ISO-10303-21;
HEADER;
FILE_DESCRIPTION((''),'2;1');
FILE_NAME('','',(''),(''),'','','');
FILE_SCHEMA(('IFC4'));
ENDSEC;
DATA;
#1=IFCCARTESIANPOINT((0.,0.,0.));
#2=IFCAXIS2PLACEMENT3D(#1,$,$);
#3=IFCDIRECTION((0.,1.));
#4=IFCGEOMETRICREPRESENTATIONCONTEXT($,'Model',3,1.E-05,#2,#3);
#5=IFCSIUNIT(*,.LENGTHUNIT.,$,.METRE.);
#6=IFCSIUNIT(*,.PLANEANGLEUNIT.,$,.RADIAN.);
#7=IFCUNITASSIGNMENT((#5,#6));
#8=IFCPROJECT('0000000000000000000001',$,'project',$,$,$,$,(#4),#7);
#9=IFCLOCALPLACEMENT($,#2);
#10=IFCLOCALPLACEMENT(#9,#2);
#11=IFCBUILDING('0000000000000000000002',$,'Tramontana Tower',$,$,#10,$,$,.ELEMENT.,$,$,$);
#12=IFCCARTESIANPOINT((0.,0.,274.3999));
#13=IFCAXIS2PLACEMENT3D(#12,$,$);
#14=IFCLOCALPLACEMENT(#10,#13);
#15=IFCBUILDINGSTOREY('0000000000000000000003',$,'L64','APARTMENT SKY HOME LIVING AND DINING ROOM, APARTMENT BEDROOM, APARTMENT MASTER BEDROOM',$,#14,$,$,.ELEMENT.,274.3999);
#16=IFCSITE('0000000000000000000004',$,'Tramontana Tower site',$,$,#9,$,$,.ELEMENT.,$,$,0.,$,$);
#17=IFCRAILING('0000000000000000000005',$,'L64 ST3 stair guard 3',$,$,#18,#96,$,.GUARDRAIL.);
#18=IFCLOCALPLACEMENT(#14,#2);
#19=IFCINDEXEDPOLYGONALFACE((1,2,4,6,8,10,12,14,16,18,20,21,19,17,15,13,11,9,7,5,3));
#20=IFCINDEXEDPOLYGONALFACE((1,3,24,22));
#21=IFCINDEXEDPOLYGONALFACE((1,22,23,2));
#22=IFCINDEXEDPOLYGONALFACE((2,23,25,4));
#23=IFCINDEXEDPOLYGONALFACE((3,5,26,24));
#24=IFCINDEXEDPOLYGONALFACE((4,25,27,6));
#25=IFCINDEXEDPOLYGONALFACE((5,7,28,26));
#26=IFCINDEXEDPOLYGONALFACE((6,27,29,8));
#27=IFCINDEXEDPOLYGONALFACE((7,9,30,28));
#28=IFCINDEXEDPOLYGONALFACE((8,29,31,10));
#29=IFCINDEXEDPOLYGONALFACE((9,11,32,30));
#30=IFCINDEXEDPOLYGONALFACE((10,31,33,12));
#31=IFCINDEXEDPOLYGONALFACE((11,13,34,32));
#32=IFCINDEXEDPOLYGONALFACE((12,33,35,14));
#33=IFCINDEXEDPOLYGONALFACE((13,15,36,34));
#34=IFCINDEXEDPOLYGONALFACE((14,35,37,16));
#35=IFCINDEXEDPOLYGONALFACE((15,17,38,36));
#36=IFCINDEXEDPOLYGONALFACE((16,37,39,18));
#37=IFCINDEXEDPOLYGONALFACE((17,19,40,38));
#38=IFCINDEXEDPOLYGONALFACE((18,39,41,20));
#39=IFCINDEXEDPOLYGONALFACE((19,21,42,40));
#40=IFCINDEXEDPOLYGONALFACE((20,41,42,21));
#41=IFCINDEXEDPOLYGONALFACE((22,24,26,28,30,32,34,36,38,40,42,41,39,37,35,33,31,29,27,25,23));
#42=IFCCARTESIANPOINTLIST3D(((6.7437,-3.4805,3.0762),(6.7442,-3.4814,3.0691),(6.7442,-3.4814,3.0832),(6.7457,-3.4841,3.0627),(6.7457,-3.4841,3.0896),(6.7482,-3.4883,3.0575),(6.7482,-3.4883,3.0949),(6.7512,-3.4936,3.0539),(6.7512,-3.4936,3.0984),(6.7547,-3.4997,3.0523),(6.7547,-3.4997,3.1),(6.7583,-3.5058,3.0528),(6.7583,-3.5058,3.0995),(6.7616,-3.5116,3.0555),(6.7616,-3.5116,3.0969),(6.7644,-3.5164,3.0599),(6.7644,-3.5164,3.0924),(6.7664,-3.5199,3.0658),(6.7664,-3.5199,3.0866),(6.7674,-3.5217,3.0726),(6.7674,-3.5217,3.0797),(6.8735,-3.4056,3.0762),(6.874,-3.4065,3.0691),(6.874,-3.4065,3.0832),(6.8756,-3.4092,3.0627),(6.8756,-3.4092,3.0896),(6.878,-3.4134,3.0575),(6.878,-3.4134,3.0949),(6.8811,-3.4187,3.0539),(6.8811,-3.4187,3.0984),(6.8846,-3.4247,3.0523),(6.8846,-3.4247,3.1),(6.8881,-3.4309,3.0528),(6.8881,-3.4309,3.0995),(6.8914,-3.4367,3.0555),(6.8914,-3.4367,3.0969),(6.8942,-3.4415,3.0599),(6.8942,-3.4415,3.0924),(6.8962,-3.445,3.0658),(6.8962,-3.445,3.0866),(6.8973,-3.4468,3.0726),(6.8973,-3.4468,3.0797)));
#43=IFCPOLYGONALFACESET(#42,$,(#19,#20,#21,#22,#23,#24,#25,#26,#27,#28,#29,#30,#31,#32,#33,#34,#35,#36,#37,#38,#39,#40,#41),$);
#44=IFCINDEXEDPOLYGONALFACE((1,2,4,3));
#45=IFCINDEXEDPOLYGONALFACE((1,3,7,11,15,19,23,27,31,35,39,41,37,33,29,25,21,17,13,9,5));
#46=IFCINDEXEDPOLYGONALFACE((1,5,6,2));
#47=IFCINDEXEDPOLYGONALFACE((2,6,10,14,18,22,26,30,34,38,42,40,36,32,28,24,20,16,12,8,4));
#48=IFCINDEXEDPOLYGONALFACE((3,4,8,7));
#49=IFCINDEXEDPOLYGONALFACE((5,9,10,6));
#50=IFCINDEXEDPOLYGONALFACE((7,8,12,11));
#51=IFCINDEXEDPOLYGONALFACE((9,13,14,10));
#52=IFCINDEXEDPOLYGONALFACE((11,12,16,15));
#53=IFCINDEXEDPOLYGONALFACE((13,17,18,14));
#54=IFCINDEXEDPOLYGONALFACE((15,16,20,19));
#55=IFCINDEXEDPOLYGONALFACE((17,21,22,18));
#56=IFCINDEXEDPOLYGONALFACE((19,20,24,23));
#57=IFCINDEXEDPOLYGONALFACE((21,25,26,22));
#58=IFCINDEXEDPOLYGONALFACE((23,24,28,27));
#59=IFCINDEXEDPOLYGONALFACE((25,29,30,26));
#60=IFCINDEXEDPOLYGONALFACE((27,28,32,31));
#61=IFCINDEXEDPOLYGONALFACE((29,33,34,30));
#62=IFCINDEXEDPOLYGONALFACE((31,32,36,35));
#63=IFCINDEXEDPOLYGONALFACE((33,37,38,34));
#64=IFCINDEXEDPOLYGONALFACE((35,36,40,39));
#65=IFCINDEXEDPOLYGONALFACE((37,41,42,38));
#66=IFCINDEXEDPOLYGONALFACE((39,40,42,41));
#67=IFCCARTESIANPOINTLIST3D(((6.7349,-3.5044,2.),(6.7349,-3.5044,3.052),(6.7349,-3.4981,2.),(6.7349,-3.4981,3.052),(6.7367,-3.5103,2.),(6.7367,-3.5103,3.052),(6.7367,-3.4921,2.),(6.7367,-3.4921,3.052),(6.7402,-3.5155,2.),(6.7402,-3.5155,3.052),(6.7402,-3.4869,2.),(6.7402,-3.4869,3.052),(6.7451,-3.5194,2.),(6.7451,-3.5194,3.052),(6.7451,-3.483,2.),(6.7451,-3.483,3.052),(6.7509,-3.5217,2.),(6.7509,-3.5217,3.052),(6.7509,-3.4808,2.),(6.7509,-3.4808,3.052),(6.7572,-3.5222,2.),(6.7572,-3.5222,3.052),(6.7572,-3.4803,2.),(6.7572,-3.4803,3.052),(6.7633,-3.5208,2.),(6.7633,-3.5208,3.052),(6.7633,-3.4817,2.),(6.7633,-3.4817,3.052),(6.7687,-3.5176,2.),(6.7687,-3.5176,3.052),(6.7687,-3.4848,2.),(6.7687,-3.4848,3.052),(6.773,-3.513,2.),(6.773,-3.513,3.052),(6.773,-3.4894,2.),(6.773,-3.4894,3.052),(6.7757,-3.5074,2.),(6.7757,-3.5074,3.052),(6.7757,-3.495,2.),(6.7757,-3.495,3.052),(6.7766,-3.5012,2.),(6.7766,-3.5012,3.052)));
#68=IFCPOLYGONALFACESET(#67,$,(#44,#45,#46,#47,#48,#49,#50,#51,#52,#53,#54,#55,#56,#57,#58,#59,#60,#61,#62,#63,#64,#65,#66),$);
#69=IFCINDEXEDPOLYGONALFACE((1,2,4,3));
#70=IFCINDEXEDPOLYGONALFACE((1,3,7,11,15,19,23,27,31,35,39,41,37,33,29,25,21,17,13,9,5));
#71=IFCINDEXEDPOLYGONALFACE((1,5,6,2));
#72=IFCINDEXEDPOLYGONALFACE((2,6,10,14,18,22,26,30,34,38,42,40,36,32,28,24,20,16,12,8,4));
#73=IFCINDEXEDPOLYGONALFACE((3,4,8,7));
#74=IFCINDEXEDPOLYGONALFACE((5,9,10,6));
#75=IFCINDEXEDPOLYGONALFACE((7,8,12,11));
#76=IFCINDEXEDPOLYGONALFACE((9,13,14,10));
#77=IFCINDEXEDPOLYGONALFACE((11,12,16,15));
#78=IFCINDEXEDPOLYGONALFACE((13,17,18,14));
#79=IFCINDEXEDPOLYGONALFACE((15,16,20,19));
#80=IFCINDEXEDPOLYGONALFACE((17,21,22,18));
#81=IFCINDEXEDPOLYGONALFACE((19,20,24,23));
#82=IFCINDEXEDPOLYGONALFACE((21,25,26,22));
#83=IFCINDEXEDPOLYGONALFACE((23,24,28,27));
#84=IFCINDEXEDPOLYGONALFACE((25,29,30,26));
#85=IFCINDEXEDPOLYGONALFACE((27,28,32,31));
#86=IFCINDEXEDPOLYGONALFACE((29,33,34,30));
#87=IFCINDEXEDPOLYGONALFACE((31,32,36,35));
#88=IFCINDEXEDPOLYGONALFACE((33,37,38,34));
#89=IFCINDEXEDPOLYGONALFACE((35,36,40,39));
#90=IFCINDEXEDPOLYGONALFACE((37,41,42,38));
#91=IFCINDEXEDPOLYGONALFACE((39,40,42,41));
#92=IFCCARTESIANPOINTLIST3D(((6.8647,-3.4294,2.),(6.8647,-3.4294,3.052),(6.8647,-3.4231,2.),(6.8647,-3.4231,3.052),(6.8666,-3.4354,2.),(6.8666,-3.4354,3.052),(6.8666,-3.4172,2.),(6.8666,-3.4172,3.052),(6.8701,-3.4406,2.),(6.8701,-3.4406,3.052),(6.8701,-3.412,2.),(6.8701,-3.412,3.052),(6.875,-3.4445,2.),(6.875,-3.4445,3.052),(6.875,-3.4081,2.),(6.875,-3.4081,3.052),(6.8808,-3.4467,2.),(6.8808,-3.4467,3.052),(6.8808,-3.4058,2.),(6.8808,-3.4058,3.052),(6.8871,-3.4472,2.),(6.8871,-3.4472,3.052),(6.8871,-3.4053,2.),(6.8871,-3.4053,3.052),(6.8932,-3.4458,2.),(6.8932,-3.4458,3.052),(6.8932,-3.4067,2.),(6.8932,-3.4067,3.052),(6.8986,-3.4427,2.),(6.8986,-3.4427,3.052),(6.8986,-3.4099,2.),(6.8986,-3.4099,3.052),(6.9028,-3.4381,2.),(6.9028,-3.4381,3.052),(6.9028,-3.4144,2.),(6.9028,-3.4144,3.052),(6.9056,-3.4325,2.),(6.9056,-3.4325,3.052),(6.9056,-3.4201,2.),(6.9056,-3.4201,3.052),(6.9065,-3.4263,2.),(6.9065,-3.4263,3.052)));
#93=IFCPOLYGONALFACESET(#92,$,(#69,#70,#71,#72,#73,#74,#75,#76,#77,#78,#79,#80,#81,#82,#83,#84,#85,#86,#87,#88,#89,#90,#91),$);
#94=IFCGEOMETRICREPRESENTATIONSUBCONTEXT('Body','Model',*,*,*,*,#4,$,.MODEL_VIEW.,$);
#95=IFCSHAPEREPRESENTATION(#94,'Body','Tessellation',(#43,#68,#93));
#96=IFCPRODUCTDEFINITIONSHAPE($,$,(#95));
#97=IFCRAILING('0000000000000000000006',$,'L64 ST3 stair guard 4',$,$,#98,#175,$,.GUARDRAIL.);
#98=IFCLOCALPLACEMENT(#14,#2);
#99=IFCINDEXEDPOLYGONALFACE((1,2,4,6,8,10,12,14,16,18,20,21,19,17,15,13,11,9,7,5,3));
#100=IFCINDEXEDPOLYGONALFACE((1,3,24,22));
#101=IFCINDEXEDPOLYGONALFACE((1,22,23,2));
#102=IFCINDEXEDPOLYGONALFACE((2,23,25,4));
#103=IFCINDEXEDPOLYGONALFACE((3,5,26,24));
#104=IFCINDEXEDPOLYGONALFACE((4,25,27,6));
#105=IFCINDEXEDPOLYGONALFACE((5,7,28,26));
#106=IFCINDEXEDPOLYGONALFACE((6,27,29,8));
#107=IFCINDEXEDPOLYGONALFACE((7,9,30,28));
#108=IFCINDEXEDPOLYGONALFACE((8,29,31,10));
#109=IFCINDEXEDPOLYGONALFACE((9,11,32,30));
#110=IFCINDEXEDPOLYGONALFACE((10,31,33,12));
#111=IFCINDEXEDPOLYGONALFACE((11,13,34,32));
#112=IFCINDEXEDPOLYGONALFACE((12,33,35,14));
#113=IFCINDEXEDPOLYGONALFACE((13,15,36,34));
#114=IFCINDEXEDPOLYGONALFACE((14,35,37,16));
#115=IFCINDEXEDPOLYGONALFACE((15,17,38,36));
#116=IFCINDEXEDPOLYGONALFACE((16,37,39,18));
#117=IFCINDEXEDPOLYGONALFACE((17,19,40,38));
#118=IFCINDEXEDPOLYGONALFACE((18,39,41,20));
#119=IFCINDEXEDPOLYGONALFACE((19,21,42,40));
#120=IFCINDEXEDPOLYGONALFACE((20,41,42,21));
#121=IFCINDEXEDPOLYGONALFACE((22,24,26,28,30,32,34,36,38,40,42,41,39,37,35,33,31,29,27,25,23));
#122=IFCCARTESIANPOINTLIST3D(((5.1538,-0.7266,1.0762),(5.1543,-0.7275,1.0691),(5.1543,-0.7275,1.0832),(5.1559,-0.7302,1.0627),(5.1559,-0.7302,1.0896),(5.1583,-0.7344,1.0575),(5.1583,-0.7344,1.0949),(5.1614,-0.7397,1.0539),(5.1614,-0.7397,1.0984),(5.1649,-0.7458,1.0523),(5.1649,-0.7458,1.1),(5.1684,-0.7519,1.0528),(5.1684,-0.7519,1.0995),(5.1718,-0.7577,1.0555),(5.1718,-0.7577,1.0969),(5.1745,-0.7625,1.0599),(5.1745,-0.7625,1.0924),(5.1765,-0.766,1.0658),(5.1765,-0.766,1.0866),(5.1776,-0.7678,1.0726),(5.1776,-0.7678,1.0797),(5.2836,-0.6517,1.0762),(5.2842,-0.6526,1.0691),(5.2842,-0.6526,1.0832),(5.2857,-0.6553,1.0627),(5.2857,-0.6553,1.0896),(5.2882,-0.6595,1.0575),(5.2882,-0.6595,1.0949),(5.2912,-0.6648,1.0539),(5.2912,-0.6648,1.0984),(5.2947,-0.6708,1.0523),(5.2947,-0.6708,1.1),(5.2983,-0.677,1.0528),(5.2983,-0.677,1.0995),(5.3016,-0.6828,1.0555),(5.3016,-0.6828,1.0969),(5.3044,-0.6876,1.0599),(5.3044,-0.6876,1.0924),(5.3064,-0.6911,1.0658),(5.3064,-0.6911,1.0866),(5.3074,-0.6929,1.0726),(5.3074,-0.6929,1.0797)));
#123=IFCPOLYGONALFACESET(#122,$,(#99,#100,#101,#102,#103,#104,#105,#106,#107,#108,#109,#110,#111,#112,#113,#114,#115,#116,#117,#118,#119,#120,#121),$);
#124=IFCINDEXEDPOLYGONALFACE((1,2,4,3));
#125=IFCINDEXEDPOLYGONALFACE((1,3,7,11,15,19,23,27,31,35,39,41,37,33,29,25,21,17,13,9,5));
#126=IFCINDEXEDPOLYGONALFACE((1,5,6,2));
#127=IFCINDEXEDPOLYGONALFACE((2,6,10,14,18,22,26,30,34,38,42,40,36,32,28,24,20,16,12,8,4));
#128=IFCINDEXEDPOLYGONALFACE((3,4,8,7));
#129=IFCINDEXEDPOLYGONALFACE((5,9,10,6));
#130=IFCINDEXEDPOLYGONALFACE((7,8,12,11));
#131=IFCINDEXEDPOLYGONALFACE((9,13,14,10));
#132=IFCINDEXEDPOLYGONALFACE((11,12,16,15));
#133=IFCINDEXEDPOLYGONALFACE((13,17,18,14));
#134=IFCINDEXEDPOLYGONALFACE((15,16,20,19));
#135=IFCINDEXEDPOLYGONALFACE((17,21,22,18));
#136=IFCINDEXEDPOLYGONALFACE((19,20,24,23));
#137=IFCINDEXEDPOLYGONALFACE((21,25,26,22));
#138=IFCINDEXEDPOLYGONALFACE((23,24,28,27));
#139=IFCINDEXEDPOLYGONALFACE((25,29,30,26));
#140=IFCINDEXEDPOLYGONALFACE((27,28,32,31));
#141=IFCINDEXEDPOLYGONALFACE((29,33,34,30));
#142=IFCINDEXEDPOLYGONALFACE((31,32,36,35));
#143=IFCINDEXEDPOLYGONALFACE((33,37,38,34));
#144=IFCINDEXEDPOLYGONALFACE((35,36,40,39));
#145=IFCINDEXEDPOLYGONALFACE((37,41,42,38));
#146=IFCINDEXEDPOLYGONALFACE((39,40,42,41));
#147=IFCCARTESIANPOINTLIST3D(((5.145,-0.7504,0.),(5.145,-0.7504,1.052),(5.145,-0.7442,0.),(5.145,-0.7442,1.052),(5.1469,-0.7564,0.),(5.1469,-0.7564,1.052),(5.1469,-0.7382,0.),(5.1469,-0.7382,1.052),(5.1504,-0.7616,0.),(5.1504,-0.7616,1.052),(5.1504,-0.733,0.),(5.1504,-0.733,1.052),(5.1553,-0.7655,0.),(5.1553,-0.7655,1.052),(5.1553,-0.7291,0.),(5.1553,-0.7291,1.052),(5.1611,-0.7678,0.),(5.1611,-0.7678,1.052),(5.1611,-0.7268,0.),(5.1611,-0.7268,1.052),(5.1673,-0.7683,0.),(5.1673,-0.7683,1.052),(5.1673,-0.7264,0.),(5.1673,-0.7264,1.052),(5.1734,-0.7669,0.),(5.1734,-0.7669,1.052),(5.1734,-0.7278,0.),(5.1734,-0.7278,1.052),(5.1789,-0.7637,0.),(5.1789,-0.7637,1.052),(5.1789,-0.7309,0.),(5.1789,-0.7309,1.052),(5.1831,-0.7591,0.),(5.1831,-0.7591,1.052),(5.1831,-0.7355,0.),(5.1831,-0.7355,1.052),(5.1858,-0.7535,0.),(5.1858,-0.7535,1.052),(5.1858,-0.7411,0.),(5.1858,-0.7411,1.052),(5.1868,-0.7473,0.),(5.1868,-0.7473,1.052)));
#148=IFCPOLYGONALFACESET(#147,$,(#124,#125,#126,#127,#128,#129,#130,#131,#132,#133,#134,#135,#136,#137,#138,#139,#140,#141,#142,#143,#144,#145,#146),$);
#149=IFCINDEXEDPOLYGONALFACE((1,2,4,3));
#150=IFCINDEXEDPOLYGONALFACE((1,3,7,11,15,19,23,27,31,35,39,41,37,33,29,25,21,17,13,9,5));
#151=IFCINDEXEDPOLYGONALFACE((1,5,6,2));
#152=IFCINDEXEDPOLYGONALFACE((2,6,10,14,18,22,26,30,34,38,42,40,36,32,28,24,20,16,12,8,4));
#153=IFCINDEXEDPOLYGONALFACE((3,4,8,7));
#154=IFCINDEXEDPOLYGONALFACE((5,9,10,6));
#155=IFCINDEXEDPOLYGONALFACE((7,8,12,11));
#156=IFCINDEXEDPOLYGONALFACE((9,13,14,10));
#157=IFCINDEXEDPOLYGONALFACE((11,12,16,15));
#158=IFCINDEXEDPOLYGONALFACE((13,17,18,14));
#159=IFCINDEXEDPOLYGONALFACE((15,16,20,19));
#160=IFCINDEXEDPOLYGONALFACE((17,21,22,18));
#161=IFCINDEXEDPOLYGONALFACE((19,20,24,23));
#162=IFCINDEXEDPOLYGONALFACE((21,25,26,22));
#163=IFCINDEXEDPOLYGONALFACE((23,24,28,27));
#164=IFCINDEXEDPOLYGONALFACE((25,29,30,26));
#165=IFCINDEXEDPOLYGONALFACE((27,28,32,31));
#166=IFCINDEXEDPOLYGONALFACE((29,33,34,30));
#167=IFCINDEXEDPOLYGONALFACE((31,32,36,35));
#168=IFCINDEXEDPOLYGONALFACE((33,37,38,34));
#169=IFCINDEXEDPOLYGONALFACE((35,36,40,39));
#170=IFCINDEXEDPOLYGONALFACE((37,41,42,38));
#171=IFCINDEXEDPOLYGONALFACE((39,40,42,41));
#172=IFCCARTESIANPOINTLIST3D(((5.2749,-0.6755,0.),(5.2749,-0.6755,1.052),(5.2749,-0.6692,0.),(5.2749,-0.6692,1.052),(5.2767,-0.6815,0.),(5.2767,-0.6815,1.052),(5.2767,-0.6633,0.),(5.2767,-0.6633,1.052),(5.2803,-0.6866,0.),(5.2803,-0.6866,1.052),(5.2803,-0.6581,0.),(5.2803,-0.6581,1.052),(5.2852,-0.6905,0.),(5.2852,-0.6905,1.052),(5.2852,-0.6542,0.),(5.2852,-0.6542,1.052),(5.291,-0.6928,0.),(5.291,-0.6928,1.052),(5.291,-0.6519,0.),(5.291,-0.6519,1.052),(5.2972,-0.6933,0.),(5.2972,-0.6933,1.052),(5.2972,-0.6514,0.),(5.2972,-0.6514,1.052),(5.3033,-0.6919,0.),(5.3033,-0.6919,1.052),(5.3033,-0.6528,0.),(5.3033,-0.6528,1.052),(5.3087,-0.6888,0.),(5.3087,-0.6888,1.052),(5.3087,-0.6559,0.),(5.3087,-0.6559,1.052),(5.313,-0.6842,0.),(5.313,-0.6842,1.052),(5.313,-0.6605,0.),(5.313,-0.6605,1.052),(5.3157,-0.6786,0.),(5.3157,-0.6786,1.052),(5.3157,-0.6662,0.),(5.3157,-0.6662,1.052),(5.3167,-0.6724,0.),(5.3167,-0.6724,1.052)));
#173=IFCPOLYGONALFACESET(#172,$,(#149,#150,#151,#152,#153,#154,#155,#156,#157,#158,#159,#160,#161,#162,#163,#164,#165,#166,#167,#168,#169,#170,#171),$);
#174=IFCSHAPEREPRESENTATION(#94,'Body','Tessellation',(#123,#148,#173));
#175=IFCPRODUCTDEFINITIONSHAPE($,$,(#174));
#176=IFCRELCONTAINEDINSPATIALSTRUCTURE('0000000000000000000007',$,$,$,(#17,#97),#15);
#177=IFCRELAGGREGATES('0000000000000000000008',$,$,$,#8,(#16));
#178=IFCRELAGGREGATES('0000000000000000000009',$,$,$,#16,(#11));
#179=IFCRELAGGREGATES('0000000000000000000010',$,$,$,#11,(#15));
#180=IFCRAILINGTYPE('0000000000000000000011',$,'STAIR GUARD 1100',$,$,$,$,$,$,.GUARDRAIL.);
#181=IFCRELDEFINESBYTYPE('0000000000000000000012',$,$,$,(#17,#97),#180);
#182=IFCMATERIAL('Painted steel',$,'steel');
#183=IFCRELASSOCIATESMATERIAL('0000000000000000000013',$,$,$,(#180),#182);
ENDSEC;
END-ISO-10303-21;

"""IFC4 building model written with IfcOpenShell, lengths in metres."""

from ifc_helpers import new_model, si_unit, direction, frame, origin, origin_2d, place, context, subcontext, project, spatial, circle, extrude, material, type_object, element, save


model = new_model("IFC4")

# Units and contexts
model_context = context("Model", 3, precision=1e-05, world=origin(), true_north=direction((0.0, 1.0)))
body_context = subcontext(model_context, "Body", "Model", "MODEL_VIEW")
ifc_project = project(units=[si_unit("LENGTHUNIT", "METRE"), si_unit("PLANEANGLEUNIT", "RADIAN")], contexts=[model_context])

# Site, building, storey
site_placement = place(None, origin())
site = spatial("IfcSite", under=ifc_project, at=site_placement, Name="Tramontana Tower site", CompositionType="ELEMENT", RefElevation=0.0)
building_placement = place(site_placement, origin())
building = spatial("IfcBuilding", under=site, at=building_placement, Name="Tramontana Tower", CompositionType="ELEMENT")
storey_placement = place(building_placement, frame((0.0, 0.0, 274.3999)))
storey = spatial("IfcBuildingStorey", under=building, at=storey_placement, Name="L64", Description="APARTMENT SKY HOME LIVING AND DINING ROOM, APARTMENT BEDROOM, APARTMENT MASTER BEDROOM", CompositionType="ELEMENT", Elevation=274.3999)

# Railings
ifc_material_1 = material(Name="Painted steel", Category="steel")
railing_type_1 = type_object("IfcRailingType", Name="STAIR GUARD 1100", PredefinedType="GUARDRAIL", material=ifc_material_1)
for number, where, name in (
    (1, (6.7556, -3.5012, 2.0), "L64 ST3 stair guard 3"),
    (2, (5.1658, -0.7473, 0.0), "L64 ST3 stair guard 4"),
):
    element("IfcRailing", number, at=place(storey_placement, frame(where)), inside=storey, type_object=railing_type_1, Name=name, PredefinedType="GUARDRAIL", context=body_context, shape_type="SweptSolid", body=[
        extrude(circle(Radius=0.0239, at=origin_2d()), frame((0.0, 0.0, 1.0762), z_axis=(0.866131, 0.499816, 0.0), x_axis=(-0.499816, 0.866131, 0.0)), (0.0, 0.0, 1.0), 0.1499),
        extrude(circle(Radius=0.021, at=origin_2d()), origin(), (0.0, 0.0, 1.0), 1.052),
        extrude(circle(Radius=0.021, at=origin_2d()), frame((0.1299, 0.075, 0.0)), (0.0, 0.0, 1.0), 1.052),
    ])

save(model, "model.ifc")
